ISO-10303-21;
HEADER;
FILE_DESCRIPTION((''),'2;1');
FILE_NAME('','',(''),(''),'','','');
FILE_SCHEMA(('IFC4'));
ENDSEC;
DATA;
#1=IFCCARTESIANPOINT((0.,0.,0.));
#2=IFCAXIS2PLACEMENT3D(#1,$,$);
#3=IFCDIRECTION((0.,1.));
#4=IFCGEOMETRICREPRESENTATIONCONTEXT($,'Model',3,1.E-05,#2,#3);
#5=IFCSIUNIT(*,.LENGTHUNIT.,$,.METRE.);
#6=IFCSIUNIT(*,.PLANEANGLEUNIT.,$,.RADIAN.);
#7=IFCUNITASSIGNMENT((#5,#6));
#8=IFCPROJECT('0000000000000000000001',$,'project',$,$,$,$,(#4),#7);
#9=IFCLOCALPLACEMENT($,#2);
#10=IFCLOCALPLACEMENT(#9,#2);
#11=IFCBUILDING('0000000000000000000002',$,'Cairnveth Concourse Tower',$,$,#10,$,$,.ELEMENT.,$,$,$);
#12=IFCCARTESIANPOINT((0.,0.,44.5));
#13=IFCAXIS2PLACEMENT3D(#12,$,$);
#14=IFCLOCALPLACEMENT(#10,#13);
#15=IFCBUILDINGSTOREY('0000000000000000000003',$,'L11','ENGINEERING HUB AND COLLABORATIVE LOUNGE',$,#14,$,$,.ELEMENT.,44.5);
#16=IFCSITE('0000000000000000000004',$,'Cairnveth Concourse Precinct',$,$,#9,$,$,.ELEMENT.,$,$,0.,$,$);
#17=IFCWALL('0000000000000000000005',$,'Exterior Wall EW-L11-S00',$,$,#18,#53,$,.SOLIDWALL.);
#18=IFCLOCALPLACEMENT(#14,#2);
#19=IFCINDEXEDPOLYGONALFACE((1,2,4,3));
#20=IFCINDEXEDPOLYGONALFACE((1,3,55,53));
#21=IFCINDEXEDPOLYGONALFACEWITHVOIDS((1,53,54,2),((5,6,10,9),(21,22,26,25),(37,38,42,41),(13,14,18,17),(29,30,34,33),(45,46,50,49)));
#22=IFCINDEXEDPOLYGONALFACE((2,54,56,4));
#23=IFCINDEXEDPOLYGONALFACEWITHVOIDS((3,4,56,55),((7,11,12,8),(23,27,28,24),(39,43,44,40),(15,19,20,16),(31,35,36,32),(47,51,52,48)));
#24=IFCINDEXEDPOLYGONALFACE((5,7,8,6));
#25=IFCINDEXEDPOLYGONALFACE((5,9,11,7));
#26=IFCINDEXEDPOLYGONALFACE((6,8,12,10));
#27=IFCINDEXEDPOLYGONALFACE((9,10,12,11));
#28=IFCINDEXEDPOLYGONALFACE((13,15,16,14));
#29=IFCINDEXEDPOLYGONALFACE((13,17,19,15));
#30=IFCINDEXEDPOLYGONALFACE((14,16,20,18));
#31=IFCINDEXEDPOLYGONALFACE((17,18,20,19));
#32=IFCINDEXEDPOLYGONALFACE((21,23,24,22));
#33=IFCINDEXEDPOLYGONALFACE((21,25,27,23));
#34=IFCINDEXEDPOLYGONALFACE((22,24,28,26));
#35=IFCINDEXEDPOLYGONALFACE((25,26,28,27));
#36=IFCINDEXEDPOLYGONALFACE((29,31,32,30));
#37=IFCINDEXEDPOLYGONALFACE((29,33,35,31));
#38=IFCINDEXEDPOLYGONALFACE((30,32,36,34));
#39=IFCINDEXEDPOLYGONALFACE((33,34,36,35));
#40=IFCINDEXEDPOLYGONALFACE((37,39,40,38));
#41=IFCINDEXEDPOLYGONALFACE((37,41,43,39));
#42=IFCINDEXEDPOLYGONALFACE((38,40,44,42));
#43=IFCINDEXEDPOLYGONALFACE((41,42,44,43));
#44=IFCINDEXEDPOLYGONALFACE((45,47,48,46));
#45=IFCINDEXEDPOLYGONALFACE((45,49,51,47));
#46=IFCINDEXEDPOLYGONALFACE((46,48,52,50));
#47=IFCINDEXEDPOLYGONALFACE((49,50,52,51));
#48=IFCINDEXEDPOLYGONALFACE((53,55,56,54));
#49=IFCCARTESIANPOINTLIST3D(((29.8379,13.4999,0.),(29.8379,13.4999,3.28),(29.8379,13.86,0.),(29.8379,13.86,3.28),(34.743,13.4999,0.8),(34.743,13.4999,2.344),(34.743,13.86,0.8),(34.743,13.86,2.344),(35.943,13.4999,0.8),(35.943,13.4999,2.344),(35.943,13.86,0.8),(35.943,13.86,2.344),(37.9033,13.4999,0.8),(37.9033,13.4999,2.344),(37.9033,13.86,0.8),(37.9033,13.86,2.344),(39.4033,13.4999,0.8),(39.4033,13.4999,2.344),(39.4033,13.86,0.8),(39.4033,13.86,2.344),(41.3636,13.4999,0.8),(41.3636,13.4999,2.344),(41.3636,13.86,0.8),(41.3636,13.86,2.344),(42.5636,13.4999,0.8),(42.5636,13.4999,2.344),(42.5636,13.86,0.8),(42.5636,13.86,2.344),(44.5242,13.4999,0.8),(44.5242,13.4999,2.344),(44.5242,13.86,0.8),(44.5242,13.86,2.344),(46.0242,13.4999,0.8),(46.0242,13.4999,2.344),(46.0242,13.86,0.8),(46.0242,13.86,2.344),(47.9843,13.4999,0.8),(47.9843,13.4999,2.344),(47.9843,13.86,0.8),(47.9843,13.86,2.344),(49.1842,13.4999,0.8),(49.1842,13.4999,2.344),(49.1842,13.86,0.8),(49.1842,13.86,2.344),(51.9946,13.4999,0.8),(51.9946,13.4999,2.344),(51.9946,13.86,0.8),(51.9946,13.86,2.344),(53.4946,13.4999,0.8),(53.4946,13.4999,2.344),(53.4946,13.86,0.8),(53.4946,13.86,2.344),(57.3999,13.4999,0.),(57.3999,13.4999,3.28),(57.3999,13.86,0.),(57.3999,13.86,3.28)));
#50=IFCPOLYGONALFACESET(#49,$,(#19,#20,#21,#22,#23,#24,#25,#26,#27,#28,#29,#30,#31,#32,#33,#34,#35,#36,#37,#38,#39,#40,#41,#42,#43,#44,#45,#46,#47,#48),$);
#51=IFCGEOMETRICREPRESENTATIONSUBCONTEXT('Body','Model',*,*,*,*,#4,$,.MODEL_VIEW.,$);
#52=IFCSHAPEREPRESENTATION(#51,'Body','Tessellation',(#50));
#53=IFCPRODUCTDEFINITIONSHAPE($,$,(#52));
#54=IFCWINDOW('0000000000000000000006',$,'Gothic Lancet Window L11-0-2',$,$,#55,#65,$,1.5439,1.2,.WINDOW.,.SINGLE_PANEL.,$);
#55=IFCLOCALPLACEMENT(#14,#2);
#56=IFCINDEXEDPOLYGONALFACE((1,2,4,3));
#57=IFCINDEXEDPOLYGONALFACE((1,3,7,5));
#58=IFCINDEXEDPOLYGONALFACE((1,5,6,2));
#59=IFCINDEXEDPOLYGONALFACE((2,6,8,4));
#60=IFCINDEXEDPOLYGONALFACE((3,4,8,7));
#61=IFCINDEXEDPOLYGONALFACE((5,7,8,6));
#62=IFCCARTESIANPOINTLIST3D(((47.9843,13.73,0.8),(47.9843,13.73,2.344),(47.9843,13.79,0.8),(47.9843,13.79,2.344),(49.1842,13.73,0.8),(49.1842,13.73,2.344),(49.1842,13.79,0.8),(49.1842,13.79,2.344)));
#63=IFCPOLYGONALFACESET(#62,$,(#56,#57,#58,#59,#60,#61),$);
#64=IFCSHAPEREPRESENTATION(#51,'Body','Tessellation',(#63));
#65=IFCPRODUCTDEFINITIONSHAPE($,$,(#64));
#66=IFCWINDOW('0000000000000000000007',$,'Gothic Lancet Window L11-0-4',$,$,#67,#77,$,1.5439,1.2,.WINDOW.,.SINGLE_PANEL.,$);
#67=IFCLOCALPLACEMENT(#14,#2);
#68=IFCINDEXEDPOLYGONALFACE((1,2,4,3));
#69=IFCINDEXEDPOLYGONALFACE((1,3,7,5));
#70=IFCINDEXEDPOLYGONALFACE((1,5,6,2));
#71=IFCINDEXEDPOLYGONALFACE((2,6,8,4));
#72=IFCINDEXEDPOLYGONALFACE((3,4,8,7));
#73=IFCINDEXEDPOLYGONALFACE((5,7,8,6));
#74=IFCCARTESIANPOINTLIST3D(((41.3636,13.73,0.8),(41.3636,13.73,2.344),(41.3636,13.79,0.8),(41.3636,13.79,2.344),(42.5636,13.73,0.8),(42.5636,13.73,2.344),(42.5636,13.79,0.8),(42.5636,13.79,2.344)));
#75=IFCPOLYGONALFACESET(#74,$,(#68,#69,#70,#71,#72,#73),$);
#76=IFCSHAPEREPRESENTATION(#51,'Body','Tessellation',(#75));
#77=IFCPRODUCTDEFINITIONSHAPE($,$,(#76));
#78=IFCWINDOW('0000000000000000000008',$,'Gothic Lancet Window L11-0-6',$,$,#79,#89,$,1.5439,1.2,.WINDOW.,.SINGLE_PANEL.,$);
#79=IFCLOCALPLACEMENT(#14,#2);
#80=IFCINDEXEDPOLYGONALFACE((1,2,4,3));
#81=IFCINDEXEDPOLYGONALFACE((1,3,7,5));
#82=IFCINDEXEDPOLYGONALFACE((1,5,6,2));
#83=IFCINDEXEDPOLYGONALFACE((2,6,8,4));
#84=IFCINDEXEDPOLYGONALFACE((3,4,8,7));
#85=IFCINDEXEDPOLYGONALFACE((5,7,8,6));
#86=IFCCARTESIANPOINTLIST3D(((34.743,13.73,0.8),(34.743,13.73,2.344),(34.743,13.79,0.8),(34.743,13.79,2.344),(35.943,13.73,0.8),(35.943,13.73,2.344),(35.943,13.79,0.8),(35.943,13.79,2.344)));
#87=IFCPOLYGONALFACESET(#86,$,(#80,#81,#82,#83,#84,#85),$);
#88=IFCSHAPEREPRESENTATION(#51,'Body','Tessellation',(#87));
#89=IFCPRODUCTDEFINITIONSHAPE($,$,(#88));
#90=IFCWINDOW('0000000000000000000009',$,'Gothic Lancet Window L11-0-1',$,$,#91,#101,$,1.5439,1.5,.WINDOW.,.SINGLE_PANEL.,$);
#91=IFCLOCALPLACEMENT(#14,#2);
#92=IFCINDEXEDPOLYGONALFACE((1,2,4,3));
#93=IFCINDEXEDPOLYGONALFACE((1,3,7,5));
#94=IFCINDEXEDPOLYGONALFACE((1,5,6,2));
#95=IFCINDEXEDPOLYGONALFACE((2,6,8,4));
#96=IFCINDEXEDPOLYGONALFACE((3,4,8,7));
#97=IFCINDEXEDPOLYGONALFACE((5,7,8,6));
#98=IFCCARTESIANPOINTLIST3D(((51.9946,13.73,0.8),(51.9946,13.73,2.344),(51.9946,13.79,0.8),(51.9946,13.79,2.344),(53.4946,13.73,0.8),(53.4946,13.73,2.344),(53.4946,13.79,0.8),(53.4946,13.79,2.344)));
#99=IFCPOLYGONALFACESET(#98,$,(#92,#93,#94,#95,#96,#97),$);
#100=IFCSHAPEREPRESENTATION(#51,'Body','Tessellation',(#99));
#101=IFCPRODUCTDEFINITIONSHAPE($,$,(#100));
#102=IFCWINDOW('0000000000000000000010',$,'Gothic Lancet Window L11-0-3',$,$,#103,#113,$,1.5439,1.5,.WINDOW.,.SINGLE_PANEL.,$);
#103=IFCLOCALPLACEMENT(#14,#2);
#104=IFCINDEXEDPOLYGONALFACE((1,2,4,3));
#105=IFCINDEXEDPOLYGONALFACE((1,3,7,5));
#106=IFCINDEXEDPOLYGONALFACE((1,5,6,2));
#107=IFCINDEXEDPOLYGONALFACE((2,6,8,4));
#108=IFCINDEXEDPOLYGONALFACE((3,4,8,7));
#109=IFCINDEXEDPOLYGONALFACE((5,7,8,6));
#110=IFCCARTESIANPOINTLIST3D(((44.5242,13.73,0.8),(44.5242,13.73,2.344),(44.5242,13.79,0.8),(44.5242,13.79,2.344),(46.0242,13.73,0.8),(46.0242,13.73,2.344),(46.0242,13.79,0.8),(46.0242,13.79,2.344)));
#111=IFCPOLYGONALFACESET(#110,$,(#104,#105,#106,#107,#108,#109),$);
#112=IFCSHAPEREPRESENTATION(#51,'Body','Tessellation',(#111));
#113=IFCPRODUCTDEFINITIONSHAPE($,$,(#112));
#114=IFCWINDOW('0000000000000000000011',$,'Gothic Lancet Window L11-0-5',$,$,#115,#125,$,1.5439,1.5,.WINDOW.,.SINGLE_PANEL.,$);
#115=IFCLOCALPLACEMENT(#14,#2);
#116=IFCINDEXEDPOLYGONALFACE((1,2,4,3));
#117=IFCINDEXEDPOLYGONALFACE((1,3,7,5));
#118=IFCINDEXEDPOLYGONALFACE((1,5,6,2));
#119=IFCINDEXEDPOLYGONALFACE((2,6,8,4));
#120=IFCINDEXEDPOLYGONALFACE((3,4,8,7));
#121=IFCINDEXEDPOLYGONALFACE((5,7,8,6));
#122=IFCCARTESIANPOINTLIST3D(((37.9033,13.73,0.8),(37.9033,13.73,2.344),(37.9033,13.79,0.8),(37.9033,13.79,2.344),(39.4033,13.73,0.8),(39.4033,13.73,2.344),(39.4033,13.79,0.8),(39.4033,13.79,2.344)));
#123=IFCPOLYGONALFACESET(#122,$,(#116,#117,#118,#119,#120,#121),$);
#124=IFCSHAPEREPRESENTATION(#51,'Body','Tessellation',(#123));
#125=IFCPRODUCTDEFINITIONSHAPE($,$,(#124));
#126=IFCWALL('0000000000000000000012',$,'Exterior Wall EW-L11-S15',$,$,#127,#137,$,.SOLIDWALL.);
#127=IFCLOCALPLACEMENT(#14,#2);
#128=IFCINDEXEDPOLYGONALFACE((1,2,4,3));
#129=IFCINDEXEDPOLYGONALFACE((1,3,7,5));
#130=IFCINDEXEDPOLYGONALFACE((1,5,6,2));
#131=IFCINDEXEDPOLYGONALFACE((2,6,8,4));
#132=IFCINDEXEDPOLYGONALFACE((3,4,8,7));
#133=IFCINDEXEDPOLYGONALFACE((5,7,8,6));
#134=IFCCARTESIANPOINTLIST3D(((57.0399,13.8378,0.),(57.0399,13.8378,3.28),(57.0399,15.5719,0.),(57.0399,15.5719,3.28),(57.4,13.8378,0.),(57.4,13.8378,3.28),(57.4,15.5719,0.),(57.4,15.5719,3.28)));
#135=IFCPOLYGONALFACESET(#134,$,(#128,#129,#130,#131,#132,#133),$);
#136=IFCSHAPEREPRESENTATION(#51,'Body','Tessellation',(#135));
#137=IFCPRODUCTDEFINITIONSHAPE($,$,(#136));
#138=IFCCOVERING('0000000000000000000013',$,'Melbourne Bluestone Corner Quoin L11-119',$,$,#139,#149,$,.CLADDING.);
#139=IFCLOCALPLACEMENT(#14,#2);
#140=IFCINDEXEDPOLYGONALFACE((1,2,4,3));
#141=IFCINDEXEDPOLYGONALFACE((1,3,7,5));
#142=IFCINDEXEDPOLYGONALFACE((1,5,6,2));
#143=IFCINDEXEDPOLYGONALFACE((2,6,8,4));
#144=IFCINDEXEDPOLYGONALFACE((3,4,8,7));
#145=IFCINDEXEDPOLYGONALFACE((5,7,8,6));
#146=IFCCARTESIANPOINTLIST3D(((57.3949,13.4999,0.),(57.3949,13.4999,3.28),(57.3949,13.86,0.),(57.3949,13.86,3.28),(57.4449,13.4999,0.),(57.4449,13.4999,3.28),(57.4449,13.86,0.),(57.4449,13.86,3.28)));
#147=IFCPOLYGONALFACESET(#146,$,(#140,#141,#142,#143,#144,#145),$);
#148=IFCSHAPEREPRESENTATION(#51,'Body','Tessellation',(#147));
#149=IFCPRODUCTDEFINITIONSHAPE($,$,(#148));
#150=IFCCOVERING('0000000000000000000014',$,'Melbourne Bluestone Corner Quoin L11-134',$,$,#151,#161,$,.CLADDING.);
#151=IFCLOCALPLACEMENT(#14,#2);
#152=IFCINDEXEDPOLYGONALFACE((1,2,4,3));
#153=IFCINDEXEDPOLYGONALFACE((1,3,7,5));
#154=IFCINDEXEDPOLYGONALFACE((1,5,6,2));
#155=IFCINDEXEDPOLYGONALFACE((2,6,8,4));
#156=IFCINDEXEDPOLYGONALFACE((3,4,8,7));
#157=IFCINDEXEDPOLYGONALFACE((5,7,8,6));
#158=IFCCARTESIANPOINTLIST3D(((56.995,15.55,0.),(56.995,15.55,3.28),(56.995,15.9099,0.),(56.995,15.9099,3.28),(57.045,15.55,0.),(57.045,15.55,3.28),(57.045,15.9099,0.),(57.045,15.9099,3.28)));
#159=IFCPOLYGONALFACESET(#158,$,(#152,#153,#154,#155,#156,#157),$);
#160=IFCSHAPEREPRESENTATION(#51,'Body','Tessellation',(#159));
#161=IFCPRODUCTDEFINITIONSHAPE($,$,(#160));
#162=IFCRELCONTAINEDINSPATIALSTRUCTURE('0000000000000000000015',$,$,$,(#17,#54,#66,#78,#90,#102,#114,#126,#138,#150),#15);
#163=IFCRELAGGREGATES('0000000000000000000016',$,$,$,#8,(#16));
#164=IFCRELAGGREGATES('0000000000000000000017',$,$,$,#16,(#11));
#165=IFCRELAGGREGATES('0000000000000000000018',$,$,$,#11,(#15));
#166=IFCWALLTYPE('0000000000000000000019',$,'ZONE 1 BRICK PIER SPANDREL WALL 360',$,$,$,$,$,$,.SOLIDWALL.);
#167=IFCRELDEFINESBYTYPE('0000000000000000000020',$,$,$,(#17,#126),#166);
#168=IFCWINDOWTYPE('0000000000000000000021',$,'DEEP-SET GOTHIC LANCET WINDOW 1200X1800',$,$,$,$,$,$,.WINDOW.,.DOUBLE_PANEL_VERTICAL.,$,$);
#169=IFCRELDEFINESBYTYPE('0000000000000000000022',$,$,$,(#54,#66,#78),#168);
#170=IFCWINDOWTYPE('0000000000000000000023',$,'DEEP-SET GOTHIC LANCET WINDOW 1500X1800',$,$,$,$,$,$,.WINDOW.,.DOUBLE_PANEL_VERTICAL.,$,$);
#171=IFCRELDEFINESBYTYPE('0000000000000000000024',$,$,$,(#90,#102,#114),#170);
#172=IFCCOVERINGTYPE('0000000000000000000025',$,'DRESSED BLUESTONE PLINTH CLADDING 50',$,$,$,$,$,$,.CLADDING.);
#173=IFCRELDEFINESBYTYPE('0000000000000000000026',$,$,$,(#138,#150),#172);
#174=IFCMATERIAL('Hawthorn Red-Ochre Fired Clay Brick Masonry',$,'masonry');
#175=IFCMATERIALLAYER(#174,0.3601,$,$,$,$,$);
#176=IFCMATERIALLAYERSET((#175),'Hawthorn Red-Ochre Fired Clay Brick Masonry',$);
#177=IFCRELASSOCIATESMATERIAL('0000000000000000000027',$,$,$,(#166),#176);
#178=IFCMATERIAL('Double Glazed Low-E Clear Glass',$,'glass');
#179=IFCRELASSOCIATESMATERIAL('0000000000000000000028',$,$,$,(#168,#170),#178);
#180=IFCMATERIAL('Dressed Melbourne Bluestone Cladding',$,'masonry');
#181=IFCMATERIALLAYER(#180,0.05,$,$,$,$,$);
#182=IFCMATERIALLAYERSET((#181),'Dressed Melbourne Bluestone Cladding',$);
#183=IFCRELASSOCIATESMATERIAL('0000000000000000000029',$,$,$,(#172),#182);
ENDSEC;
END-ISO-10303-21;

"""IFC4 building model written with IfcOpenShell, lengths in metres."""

from ifc_helpers import new_model, si_unit, direction, frame, frame_2d, origin, place, context, subcontext, project, spatial, rectangle, extrude, material, layer, layer_set, type_object, element, fill, save


model = new_model("IFC4")

# Units and contexts
model_context = context("Model", 3, precision=1e-05, world=origin(), true_north=direction((0.0, 1.0)))
body_context = subcontext(model_context, "Body", "Model", "MODEL_VIEW")
ifc_project = project(units=[si_unit("LENGTHUNIT", "METRE"), si_unit("PLANEANGLEUNIT", "RADIAN")], contexts=[model_context])

# Site, building, storey
site_placement = place(None, origin())
site = spatial("IfcSite", under=ifc_project, at=site_placement, Name="Cairnveth Concourse Precinct", CompositionType="ELEMENT", RefElevation=0.0)
building_placement = place(site_placement, origin())
building = spatial("IfcBuilding", under=site, at=building_placement, Name="Cairnveth Concourse Tower", CompositionType="ELEMENT")
storey_placement = place(building_placement, frame((0.0, 0.0, 44.5)))
storey = spatial("IfcBuildingStorey", under=building, at=storey_placement, Name="L11", Description="ENGINEERING HUB AND COLLABORATIVE LOUNGE", CompositionType="ELEMENT", Elevation=44.5)

# Shared definitions
ifc_material_1 = material(Name="Dressed Melbourne Bluestone Cladding", Category="masonry")

# Wall, openings, windows
ifc_material_2 = material(Name="Hawthorn Red-Ochre Fired Clay Brick Masonry", Category="masonry")
ifc_layer_1 = layer(ifc_material_2, 0.3601)
ifc_layer_set_1 = layer_set([ifc_layer_1], Name="Hawthorn Red-Ochre Fired Clay Brick Masonry")
wall_type_1 = type_object("IfcWallType", Name="ZONE 1 BRICK PIER SPANDREL WALL 360", PredefinedType="SOLIDWALL", material=ifc_layer_set_1)
wall_1_placement = place(storey_placement, frame((57.3999, 13.6799, 0.0), z_axis=(0.0, 0.0, 1.0), x_axis=(-1.0, 0.0, 0.0)))
wall_1 = element("IfcWall", 1, at=wall_1_placement, inside=storey, type_object=wall_type_1, Name="Exterior Wall EW-L11-S00", PredefinedType="SOLIDWALL", context=body_context, shape_type="SweptSolid", body=[
    extrude(rectangle(XDim=27.562, YDim=0.3601, at=frame_2d((13.781, 0.0))), origin(), (0.0, 0.0, 1.0), 3.28),
])
opening_1_placement = place(wall_1_placement, frame((3.9053, 0.0, 0.8)))
opening_1 = element("IfcOpeningElement", 2, at=opening_1_placement, cuts=wall_1, PredefinedType="OPENING", context=body_context, shape_type="SweptSolid", body=[
    extrude(rectangle(XDim=1.5, YDim=1.5439, at=frame_2d((0.75, 0.772))), frame((0.0, 0.1899, 0.0), z_axis=(0.0, -1.0, 0.0), x_axis=(1.0, 0.0, 0.0)), (0.0, 0.0, 1.0), 0.3801),
])
opening_2_placement = place(wall_1_placement, frame((8.2156, 0.0, 0.8)))
opening_2 = element("IfcOpeningElement", 3, at=opening_2_placement, cuts=wall_1, PredefinedType="OPENING", context=body_context, shape_type="SweptSolid", body=[
    extrude(rectangle(XDim=1.2, YDim=1.5439, at=frame_2d((0.6001, 0.772))), frame((0.0, 0.1899, 0.0), z_axis=(0.0, -1.0, 0.0), x_axis=(1.0, 0.0, 0.0)), (0.0, 0.0, 1.0), 0.3801),
])
opening_3_placement = place(wall_1_placement, frame((11.3757, 0.0, 0.8)))
opening_3 = element("IfcOpeningElement", 4, at=opening_3_placement, cuts=wall_1, PredefinedType="OPENING", context=body_context, shape_type="SweptSolid", body=[
    extrude(rectangle(XDim=1.5, YDim=1.5439, at=frame_2d((0.75, 0.772))), frame((0.0, 0.1899, 0.0), z_axis=(0.0, -1.0, 0.0), x_axis=(1.0, 0.0, 0.0)), (0.0, 0.0, 1.0), 0.3801),
])
opening_4_placement = place(wall_1_placement, frame((14.8362, 0.0, 0.8)))
opening_4 = element("IfcOpeningElement", 5, at=opening_4_placement, cuts=wall_1, PredefinedType="OPENING", context=body_context, shape_type="SweptSolid", body=[
    extrude(rectangle(XDim=1.2, YDim=1.5439, at=frame_2d((0.6001, 0.772))), frame((0.0, 0.1899, 0.0), z_axis=(0.0, -1.0, 0.0), x_axis=(1.0, 0.0, 0.0)), (0.0, 0.0, 1.0), 0.3801),
])
opening_5_placement = place(wall_1_placement, frame((17.9966, 0.0, 0.8)))
opening_5 = element("IfcOpeningElement", 6, at=opening_5_placement, cuts=wall_1, PredefinedType="OPENING", context=body_context, shape_type="SweptSolid", body=[
    extrude(rectangle(XDim=1.5, YDim=1.5439, at=frame_2d((0.75, 0.772))), frame((0.0, 0.1899, 0.0), z_axis=(0.0, -1.0, 0.0), x_axis=(1.0, 0.0, 0.0)), (0.0, 0.0, 1.0), 0.3801),
])
opening_6_placement = place(wall_1_placement, frame((21.4568, 0.0, 0.8)))
opening_6 = element("IfcOpeningElement", 7, at=opening_6_placement, cuts=wall_1, PredefinedType="OPENING", context=body_context, shape_type="SweptSolid", body=[
    extrude(rectangle(XDim=1.2, YDim=1.5439, at=frame_2d((0.6001, 0.772))), frame((0.0, 0.1899, 0.0), z_axis=(0.0, -1.0, 0.0), x_axis=(1.0, 0.0, 0.0)), (0.0, 0.0, 1.0), 0.3801),
])
ifc_material_3 = material(Name="Double Glazed Low-E Clear Glass", Category="glass")
window_type_1 = type_object("IfcWindowType", Name="DEEP-SET GOTHIC LANCET WINDOW 1200X1800", PartitioningType="DOUBLE_PANEL_VERTICAL", PredefinedType="WINDOW", material=ifc_material_3)
window_1_placement = place(opening_2_placement, origin())
window_1 = element("IfcWindow", 8, at=window_1_placement, inside=storey, type_object=window_type_1, Name="Gothic Lancet Window L11-0-2", OverallHeight=1.5439, OverallWidth=1.2, PartitioningType="SINGLE_PANEL", PredefinedType="WINDOW", context=body_context, shape_type="SweptSolid", body=[
    extrude(rectangle(XDim=1.2, YDim=1.5439, at=frame_2d((0.6001, 0.772))), frame((0.0, -0.05, 0.0), z_axis=(0.0, -1.0, 0.0), x_axis=(1.0, 0.0, 0.0)), (0.0, 0.0, 1.0), 0.0601),
])
fill(opening_2, window_1)
window_2_placement = place(opening_4_placement, origin())
window_2 = element("IfcWindow", 9, at=window_2_placement, inside=storey, type_object=window_type_1, Name="Gothic Lancet Window L11-0-4", OverallHeight=1.5439, OverallWidth=1.2, PartitioningType="SINGLE_PANEL", PredefinedType="WINDOW", context=body_context, shape_type="SweptSolid", body=[
    extrude(rectangle(XDim=1.2, YDim=1.5439, at=frame_2d((0.6001, 0.772))), frame((0.0, -0.05, 0.0), z_axis=(0.0, -1.0, 0.0), x_axis=(1.0, 0.0, 0.0)), (0.0, 0.0, 1.0), 0.0601),
])
fill(opening_4, window_2)
window_3_placement = place(opening_6_placement, origin())
window_3 = element("IfcWindow", 10, at=window_3_placement, inside=storey, type_object=window_type_1, Name="Gothic Lancet Window L11-0-6", OverallHeight=1.5439, OverallWidth=1.2, PartitioningType="SINGLE_PANEL", PredefinedType="WINDOW", context=body_context, shape_type="SweptSolid", body=[
    extrude(rectangle(XDim=1.2, YDim=1.5439, at=frame_2d((0.6001, 0.772))), frame((0.0, -0.05, 0.0), z_axis=(0.0, -1.0, 0.0), x_axis=(1.0, 0.0, 0.0)), (0.0, 0.0, 1.0), 0.0601),
])
fill(opening_6, window_3)
window_type_2 = type_object("IfcWindowType", Name="DEEP-SET GOTHIC LANCET WINDOW 1500X1800", PartitioningType="DOUBLE_PANEL_VERTICAL", PredefinedType="WINDOW", material=ifc_material_3)
window_4_placement = place(opening_1_placement, origin())
window_4 = element("IfcWindow", 11, at=window_4_placement, inside=storey, type_object=window_type_2, Name="Gothic Lancet Window L11-0-1", OverallHeight=1.5439, OverallWidth=1.5, PartitioningType="SINGLE_PANEL", PredefinedType="WINDOW", context=body_context, shape_type="SweptSolid", body=[
    extrude(rectangle(XDim=1.5, YDim=1.5439, at=frame_2d((0.75, 0.772))), frame((0.0, -0.05, 0.0), z_axis=(0.0, -1.0, 0.0), x_axis=(1.0, 0.0, 0.0)), (0.0, 0.0, 1.0), 0.0601),
])
fill(opening_1, window_4)
window_5_placement = place(opening_3_placement, origin())
window_5 = element("IfcWindow", 12, at=window_5_placement, inside=storey, type_object=window_type_2, Name="Gothic Lancet Window L11-0-3", OverallHeight=1.5439, OverallWidth=1.5, PartitioningType="SINGLE_PANEL", PredefinedType="WINDOW", context=body_context, shape_type="SweptSolid", body=[
    extrude(rectangle(XDim=1.5, YDim=1.5439, at=frame_2d((0.75, 0.772))), frame((0.0, -0.05, 0.0), z_axis=(0.0, -1.0, 0.0), x_axis=(1.0, 0.0, 0.0)), (0.0, 0.0, 1.0), 0.0601),
])
fill(opening_3, window_5)
window_6_placement = place(opening_5_placement, origin())
window_6 = element("IfcWindow", 13, at=window_6_placement, inside=storey, type_object=window_type_2, Name="Gothic Lancet Window L11-0-5", OverallHeight=1.5439, OverallWidth=1.5, PartitioningType="SINGLE_PANEL", PredefinedType="WINDOW", context=body_context, shape_type="SweptSolid", body=[
    extrude(rectangle(XDim=1.5, YDim=1.5439, at=frame_2d((0.75, 0.772))), frame((0.0, -0.05, 0.0), z_axis=(0.0, -1.0, 0.0), x_axis=(1.0, 0.0, 0.0)), (0.0, 0.0, 1.0), 0.0601),
])
fill(opening_5, window_6)

# Wall
wall_2_placement = place(storey_placement, frame((57.22, 15.572, 0.0), z_axis=(0.0, 0.0, 1.0), x_axis=(0.0, -1.0, 0.0)))
element("IfcWall", 14, at=wall_2_placement, inside=storey, type_object=wall_type_1, Name="Exterior Wall EW-L11-S15", PredefinedType="SOLIDWALL", context=body_context, shape_type="SweptSolid", body=[
    extrude(rectangle(XDim=1.7341, YDim=0.3601, at=frame_2d((0.8672, 0.0))), origin(), (0.0, 0.0, 1.0), 3.28),
])

# Coverings
ifc_layer_2 = layer(ifc_material_1, 0.05)
ifc_layer_set_2 = layer_set([ifc_layer_2], Name="Dressed Melbourne Bluestone Cladding")
covering_type = type_object("IfcCoveringType", Name="DRESSED BLUESTONE PLINTH CLADDING 50", PredefinedType="CLADDING", material=ifc_layer_set_2)
covering_1_placement = place(storey_placement, frame((57.4199, 13.8601, 0.0), z_axis=(0.0, 0.0, 1.0), x_axis=(0.0, -1.0, 0.0)))
element("IfcCovering", 15, at=covering_1_placement, inside=storey, type_object=covering_type, Name="Melbourne Bluestone Corner Quoin L11-119", PredefinedType="CLADDING", context=body_context, shape_type="SweptSolid", body=[
    extrude(rectangle(XDim=0.3601, YDim=0.05, at=frame_2d((0.1802, 0.0))), origin(), (0.0, 0.0, 1.0), 3.28),
])
covering_2_placement = place(storey_placement, frame((57.02, 15.9099, 0.0), z_axis=(0.0, 0.0, 1.0), x_axis=(0.0, -1.0, 0.0)))
element("IfcCovering", 16, at=covering_2_placement, inside=storey, type_object=covering_type, Name="Melbourne Bluestone Corner Quoin L11-134", PredefinedType="CLADDING", context=body_context, shape_type="SweptSolid", body=[
    extrude(rectangle(XDim=0.3599, YDim=0.05, at=frame_2d((0.1799, 0.0))), origin(), (0.0, 0.0, 1.0), 3.28),
])

save(model, "model.ifc")
